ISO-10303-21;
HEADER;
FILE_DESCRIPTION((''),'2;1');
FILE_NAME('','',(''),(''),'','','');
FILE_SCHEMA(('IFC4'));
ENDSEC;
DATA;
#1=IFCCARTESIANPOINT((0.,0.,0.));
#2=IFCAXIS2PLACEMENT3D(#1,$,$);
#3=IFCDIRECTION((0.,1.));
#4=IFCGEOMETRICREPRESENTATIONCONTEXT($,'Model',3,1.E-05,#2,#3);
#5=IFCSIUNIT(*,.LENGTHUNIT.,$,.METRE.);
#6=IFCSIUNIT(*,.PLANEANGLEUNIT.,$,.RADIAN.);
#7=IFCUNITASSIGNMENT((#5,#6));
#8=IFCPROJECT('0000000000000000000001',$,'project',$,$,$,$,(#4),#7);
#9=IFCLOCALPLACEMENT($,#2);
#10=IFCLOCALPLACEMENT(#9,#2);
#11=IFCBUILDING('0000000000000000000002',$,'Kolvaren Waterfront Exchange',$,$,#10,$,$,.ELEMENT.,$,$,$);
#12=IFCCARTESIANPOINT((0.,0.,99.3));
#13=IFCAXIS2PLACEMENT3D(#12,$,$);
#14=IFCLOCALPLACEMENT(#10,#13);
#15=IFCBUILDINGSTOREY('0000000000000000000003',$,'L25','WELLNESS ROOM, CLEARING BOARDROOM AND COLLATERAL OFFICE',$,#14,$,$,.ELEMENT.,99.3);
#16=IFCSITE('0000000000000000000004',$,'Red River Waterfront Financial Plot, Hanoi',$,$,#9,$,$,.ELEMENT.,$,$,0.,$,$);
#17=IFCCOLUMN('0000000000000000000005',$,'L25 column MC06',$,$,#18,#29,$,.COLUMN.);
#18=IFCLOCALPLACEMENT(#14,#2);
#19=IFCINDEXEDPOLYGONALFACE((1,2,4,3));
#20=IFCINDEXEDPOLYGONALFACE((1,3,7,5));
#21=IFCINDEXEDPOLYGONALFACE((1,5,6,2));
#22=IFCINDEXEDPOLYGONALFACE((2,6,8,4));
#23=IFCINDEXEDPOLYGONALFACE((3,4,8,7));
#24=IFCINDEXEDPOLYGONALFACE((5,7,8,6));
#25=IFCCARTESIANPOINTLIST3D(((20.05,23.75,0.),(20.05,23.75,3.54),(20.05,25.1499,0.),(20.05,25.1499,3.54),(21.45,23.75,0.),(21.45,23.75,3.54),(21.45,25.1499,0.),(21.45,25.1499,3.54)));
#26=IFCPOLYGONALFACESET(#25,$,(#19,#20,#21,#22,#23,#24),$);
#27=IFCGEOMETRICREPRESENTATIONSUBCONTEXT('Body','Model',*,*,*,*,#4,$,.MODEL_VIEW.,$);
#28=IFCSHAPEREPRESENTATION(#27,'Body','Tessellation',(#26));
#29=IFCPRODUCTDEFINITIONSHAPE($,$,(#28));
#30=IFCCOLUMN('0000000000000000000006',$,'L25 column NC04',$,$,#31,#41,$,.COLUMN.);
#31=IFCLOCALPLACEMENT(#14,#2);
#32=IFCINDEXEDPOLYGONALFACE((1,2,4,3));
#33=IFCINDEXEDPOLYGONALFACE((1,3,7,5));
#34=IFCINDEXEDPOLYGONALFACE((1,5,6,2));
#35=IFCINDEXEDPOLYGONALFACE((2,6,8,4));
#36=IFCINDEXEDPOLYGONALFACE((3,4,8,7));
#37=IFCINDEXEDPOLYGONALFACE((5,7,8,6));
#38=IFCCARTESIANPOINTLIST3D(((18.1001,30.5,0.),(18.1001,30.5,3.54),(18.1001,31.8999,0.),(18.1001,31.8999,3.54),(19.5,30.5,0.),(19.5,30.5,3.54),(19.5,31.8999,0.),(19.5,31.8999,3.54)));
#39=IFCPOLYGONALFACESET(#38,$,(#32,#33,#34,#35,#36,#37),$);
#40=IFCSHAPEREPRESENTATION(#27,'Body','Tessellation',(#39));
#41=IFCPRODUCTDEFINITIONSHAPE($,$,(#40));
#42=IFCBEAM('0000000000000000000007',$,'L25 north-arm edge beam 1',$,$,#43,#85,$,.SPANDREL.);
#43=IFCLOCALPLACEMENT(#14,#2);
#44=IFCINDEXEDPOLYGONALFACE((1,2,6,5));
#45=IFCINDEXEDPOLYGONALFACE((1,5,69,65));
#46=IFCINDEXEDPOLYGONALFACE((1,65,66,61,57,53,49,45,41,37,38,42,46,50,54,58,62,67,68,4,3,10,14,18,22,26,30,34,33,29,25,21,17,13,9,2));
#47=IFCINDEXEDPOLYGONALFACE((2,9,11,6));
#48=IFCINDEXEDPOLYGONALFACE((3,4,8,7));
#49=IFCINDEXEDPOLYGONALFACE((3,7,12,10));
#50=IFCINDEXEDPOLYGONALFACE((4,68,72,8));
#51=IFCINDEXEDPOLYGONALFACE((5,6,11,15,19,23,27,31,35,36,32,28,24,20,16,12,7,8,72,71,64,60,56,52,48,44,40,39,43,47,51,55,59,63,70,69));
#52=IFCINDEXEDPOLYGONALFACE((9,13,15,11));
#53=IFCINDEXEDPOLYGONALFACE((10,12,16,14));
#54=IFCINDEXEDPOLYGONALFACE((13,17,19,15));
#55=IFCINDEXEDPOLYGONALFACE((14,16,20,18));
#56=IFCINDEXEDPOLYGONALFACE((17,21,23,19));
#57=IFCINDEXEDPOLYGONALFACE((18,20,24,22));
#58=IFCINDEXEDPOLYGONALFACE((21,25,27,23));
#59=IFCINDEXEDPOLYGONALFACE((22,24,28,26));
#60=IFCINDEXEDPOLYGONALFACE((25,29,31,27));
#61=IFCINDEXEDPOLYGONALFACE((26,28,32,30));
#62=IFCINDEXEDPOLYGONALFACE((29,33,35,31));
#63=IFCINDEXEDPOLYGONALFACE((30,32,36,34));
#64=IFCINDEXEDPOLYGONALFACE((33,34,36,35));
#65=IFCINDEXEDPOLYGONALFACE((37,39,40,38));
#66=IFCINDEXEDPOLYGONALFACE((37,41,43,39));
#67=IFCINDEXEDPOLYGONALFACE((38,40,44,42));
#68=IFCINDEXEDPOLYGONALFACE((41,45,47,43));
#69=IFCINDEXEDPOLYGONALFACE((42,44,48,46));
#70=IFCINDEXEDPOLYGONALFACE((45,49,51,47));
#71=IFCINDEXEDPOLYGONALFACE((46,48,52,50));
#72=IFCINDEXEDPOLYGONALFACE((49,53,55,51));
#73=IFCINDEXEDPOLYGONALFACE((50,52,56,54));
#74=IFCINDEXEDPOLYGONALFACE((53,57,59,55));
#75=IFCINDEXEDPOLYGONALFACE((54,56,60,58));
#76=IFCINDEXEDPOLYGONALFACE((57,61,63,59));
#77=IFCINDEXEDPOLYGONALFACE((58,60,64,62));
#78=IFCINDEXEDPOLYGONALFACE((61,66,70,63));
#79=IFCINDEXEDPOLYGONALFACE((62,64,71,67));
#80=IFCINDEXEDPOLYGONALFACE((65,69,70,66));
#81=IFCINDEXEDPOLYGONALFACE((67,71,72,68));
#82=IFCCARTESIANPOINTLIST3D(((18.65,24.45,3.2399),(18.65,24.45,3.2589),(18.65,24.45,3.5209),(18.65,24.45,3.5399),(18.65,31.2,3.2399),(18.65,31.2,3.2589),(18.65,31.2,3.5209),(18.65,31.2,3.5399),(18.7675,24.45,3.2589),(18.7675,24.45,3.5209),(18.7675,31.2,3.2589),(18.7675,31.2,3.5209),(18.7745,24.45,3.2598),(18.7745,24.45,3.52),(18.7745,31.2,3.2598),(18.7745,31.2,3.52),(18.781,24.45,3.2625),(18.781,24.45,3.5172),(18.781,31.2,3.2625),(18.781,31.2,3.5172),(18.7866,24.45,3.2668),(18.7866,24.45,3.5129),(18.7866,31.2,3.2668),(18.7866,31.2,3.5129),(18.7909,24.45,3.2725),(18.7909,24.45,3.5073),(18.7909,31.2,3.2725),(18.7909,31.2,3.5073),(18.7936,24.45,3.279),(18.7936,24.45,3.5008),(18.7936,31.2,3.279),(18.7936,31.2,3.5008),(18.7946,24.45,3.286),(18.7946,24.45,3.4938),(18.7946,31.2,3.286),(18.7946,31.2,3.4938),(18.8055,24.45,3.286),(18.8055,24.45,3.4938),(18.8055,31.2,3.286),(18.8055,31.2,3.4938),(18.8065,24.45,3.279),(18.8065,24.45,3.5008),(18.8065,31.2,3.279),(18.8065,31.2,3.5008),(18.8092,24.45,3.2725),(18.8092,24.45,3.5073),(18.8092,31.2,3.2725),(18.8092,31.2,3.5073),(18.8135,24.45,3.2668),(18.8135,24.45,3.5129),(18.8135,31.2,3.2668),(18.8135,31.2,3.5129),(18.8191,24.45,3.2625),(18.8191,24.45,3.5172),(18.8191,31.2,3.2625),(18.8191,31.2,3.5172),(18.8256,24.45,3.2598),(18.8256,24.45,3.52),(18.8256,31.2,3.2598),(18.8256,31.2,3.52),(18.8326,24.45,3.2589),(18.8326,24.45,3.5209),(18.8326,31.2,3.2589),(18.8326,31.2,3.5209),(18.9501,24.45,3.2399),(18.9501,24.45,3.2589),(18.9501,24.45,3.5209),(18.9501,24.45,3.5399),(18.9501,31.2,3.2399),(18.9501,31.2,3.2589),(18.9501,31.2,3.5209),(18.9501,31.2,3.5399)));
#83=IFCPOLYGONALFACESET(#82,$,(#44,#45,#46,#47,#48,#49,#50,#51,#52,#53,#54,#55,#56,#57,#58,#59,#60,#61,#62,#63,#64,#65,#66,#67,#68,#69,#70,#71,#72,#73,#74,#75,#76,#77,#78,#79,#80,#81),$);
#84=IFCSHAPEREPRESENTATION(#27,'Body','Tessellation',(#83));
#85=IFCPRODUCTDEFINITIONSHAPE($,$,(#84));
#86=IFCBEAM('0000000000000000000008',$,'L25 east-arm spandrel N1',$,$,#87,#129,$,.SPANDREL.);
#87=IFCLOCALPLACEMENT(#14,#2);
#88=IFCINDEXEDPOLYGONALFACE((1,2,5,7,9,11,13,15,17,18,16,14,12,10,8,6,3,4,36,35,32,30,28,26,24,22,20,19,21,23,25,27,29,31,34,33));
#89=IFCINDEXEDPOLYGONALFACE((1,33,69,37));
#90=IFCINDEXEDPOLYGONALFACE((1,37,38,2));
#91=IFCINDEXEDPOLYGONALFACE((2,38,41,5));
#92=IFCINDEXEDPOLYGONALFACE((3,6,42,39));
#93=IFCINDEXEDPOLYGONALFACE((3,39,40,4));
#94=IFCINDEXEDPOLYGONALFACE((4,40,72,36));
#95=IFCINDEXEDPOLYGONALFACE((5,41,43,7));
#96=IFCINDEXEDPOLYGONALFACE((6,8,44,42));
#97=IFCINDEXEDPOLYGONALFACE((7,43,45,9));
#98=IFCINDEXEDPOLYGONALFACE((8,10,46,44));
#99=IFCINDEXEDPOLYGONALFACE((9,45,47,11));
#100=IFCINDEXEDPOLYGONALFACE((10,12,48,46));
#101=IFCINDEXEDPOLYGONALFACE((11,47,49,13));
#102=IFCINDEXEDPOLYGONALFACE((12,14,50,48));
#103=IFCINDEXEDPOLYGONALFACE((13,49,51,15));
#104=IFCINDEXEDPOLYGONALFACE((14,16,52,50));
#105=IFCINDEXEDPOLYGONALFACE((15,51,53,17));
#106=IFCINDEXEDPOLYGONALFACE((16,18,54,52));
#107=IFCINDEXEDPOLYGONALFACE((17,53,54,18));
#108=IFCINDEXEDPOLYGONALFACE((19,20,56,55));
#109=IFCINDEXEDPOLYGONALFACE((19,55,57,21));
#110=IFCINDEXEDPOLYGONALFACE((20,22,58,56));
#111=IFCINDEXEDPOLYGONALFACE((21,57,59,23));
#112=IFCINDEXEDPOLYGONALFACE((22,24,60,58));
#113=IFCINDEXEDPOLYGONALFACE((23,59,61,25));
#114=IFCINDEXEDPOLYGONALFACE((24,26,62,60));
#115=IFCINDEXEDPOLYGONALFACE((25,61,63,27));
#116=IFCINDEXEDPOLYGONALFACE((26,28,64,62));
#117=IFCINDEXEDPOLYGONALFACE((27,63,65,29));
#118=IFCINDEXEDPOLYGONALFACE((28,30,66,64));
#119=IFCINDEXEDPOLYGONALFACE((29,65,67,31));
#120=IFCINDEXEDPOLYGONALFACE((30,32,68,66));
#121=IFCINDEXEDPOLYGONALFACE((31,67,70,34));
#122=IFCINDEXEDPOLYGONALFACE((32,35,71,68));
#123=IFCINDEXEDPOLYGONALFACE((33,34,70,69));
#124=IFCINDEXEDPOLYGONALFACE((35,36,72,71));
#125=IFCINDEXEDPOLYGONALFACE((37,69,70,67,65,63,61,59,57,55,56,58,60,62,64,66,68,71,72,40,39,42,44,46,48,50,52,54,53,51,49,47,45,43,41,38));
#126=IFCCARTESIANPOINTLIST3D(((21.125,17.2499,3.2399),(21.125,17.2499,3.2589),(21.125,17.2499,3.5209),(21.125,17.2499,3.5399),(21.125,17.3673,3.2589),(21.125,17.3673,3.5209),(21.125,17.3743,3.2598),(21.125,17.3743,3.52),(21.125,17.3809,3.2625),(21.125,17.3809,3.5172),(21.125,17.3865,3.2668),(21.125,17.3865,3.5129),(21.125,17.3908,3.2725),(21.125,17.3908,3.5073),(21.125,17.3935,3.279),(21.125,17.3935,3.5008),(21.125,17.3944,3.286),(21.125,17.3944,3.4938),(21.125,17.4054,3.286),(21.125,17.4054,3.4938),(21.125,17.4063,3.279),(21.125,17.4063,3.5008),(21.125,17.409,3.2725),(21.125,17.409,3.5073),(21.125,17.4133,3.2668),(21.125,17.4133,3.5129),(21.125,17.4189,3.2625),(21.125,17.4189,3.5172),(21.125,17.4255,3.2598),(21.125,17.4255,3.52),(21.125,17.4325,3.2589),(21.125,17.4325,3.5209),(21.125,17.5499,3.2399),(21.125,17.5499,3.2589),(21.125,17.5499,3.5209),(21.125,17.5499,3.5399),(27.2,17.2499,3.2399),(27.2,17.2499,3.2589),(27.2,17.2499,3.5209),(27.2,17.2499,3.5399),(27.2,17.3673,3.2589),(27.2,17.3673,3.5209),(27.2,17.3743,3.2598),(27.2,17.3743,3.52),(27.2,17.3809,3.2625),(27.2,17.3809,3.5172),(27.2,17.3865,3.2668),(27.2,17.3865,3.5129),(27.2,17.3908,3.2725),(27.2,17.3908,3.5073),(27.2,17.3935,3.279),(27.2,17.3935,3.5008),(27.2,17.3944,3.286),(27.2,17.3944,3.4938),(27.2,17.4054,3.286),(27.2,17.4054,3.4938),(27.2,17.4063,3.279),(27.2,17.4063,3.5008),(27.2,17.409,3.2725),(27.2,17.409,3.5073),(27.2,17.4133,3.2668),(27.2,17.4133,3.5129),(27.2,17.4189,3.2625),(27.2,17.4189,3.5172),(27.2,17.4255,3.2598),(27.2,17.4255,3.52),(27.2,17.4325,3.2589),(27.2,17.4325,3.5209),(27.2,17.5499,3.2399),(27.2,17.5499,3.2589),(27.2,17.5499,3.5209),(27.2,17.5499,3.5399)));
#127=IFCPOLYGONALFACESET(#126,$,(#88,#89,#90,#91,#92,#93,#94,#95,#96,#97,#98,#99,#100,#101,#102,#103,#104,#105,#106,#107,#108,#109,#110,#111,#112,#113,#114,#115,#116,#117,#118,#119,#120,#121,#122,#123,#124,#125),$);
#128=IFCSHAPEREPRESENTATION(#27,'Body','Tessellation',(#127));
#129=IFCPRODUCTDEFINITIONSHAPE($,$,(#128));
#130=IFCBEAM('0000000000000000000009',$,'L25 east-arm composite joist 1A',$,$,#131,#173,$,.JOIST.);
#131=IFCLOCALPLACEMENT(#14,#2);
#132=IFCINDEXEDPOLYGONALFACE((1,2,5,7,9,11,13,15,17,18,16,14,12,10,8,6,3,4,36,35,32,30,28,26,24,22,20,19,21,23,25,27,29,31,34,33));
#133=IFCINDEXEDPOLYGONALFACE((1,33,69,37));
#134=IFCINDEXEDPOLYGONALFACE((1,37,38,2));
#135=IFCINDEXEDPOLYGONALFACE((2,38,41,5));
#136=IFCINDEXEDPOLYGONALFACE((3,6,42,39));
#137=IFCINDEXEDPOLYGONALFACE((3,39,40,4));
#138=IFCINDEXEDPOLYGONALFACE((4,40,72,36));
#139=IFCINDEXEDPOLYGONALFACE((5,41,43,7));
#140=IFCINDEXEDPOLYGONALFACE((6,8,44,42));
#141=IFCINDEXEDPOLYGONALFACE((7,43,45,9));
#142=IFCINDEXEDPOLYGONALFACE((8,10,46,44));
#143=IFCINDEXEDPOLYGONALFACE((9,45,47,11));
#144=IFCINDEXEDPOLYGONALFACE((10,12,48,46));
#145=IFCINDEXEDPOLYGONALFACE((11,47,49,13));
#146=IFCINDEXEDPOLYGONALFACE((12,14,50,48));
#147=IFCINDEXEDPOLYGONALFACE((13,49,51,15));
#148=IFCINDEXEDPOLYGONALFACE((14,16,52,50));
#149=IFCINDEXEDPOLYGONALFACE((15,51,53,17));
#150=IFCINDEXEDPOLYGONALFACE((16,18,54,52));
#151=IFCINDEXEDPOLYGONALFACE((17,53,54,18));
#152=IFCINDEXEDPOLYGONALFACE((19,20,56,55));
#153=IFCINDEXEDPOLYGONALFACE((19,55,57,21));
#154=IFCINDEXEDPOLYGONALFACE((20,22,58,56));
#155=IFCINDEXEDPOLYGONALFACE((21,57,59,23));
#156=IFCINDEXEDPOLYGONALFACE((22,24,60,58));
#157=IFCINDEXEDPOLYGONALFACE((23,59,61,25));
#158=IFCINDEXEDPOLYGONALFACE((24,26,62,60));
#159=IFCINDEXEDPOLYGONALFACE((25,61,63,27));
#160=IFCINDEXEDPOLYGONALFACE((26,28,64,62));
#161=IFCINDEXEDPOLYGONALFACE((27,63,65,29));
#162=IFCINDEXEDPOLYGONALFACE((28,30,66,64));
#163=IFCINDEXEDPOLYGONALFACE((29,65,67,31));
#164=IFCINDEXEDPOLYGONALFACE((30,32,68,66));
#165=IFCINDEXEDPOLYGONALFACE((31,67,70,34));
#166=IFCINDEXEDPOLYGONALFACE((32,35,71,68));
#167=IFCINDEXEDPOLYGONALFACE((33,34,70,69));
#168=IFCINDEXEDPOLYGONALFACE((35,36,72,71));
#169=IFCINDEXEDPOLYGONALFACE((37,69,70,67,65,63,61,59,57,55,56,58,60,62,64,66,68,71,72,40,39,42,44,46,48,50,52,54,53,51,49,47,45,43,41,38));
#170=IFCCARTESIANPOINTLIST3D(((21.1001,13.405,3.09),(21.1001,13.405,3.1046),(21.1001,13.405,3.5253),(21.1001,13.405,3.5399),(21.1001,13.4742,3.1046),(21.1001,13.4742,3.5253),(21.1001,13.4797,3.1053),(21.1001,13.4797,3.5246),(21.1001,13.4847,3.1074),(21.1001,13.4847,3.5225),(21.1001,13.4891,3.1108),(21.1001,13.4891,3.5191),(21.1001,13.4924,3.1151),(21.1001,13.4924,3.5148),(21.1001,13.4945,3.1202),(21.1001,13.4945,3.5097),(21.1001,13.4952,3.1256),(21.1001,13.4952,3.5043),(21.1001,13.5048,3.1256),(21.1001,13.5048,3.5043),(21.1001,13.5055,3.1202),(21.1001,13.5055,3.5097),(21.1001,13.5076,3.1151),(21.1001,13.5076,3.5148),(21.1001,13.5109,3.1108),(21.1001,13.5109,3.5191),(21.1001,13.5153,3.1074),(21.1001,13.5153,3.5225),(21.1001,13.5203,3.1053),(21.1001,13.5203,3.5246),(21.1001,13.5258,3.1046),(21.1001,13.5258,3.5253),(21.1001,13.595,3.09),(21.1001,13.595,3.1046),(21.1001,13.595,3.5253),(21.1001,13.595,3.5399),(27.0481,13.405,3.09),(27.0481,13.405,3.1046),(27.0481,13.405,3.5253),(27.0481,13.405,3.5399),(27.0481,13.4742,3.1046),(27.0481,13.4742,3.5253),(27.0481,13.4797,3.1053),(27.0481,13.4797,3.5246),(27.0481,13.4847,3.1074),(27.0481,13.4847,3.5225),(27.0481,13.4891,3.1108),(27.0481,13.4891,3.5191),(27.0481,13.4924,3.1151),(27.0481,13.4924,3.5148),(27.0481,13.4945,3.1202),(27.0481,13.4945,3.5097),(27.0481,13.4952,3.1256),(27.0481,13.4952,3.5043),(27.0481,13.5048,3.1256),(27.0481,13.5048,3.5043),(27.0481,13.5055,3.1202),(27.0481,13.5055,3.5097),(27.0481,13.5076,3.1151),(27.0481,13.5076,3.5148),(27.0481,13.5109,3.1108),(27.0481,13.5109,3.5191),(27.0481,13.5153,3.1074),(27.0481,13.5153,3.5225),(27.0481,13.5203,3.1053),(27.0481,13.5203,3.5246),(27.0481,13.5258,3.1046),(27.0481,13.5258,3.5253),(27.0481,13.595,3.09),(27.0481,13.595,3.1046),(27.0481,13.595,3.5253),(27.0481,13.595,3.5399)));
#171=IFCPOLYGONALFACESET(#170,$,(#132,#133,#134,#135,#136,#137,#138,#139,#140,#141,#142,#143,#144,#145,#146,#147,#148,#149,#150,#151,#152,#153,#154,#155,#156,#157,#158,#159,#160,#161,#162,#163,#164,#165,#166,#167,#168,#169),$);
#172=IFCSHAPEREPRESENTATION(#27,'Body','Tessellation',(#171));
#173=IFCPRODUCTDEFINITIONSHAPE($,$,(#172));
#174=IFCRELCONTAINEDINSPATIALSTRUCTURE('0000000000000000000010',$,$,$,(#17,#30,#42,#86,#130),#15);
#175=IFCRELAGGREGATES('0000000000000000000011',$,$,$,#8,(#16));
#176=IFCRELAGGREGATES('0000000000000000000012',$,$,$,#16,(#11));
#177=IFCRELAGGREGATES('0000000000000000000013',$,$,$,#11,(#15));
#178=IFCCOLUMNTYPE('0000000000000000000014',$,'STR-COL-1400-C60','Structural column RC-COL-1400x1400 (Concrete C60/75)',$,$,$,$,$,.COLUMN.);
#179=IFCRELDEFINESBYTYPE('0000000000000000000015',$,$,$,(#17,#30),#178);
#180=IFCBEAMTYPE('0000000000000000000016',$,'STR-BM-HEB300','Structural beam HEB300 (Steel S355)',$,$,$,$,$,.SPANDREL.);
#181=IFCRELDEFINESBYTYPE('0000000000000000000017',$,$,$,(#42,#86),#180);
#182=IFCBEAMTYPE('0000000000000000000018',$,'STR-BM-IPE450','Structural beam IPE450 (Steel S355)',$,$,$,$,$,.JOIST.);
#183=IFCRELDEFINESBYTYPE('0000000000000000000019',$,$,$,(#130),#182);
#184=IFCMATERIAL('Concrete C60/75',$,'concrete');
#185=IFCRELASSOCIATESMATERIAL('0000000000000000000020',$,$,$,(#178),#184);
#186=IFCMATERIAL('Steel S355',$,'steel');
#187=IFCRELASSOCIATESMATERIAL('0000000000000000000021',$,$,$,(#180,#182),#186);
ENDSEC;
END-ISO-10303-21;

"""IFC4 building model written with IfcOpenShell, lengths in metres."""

from ifc_helpers import new_model, si_unit, direction, frame, origin, origin_2d, place, context, subcontext, project, spatial, rectangle, i_section, extrude, material, material_profile, profile_set, type_object, element, save


model = new_model("IFC4")

# Units and contexts
model_context = context("Model", 3, precision=1e-05, world=origin(), true_north=direction((0.0, 1.0)))
body_context = subcontext(model_context, "Body", "Model", "MODEL_VIEW")
ifc_project = project(units=[si_unit("LENGTHUNIT", "METRE"), si_unit("PLANEANGLEUNIT", "RADIAN")], contexts=[model_context])

# Site, building, storey
site_placement = place(None, origin())
site = spatial("IfcSite", under=ifc_project, at=site_placement, Name="Red River Waterfront Financial Plot, Hanoi", CompositionType="ELEMENT", RefElevation=0.0)
building_placement = place(site_placement, origin())
building = spatial("IfcBuilding", under=site, at=building_placement, Name="Kolvaren Waterfront Exchange", CompositionType="ELEMENT")
storey_placement = place(building_placement, frame((0.0, 0.0, 99.3)))
storey = spatial("IfcBuildingStorey", under=building, at=storey_placement, Name="L25", Description="WELLNESS ROOM, CLEARING BOARDROOM AND COLLATERAL OFFICE", CompositionType="ELEMENT", Elevation=99.3)

# Columns
ifc_material_1 = material(Name="Concrete C60/75", Category="concrete")
ifc_material_profile_1 = material_profile(ifc_material_1, rectangle(XDim=1.3999, YDim=1.3999, at=origin_2d()), Name="RC-COL-1400x1400")
ifc_profile_set_1 = profile_set([ifc_material_profile_1], Name="Concrete C60/75")
column_type = type_object("IfcColumnType", Name="STR-COL-1400-C60", Description="Structural column RC-COL-1400x1400 (Concrete C60/75)", PredefinedType="COLUMN", material=ifc_profile_set_1)
for number, where, z_axis, x_axis, name in (
    (1, (20.75, 24.45, 0.0), (0.0, 0.0, 1.0), (1.0, 0.0, 0.0), "L25 column MC06"),
    (2, (18.8, 31.2, 0.0), (0.0, 0.0, 1.0), (1.0, 0.0, 0.0), "L25 column NC04"),
):
    element("IfcColumn", number, at=place(storey_placement, frame(where, z_axis=z_axis, x_axis=x_axis)), inside=storey, type_object=column_type, Name=name, PredefinedType="COLUMN", context=body_context, shape_type="SweptSolid", body=[
        extrude(rectangle(XDim=1.3999, YDim=1.3999, at=origin_2d()), origin(), (0.0, 0.0, 1.0), 3.54),
    ])

# Beams
ifc_material_2 = material(Name="Steel S355", Category="steel")
ifc_material_profile_2 = material_profile(ifc_material_2, i_section(OverallWidth=0.3, OverallDepth=0.3, WebThickness=0.011, FlangeThickness=0.019, FilletRadius=0.0271, at=origin_2d()), Name="HEB300")
ifc_profile_set_2 = profile_set([ifc_material_profile_2], Name="Steel S355")
beam_type_1 = type_object("IfcBeamType", Name="STR-BM-HEB300", Description="Structural beam HEB300 (Steel S355)", PredefinedType="SPANDREL", material=ifc_profile_set_2)
beam_1_placement = place(storey_placement, frame((18.8, 24.45, 3.3899), z_axis=(0.0, 1.0, 0.0), x_axis=(-1.0, 0.0, 0.0)))
element("IfcBeam", 3, at=beam_1_placement, inside=storey, type_object=beam_type_1, Name="L25 north-arm edge beam 1", PredefinedType="SPANDREL", context=body_context, shape_type="SweptSolid", body=[
    extrude(i_section(OverallWidth=0.3, OverallDepth=0.3, WebThickness=0.011, FlangeThickness=0.019, FilletRadius=0.0271, at=origin_2d()), origin(), (0.0, 0.0, 1.0), 6.75),
])
beam_2_placement = place(storey_placement, frame((21.125, 17.3999, 3.3899), z_axis=(1.0, 0.0, 0.0), x_axis=(0.0, 1.0, 0.0)))
element("IfcBeam", 4, at=beam_2_placement, inside=storey, type_object=beam_type_1, Name="L25 east-arm spandrel N1", PredefinedType="SPANDREL", context=body_context, shape_type="SweptSolid", body=[
    extrude(i_section(OverallWidth=0.3, OverallDepth=0.3, WebThickness=0.011, FlangeThickness=0.019, FilletRadius=0.0271, at=origin_2d()), origin(), (0.0, 0.0, 1.0), 6.075),
])
ifc_material_profile_3 = material_profile(ifc_material_2, i_section(OverallWidth=0.1899, OverallDepth=0.45, WebThickness=0.0095, FlangeThickness=0.0146, FilletRadius=0.021, at=origin_2d()), Name="IPE450")
ifc_profile_set_3 = profile_set([ifc_material_profile_3], Name="Steel S355")
beam_type_2 = type_object("IfcBeamType", Name="STR-BM-IPE450", Description="Structural beam IPE450 (Steel S355)", PredefinedType="JOIST", material=ifc_profile_set_3)
for number, where, z_axis, x_axis, name in (
    (5, (21.1001, 13.5, 3.3149), (1.0, 0.0, 0.0), (0.0, 1.0, 0.0), "L25 east-arm composite joist 1A"),
):
    element("IfcBeam", number, at=place(storey_placement, frame(where, z_axis=z_axis, x_axis=x_axis)), inside=storey, type_object=beam_type_2, Name=name, PredefinedType="JOIST", context=body_context, shape_type="SweptSolid", body=[
        extrude(i_section(OverallWidth=0.1899, OverallDepth=0.45, WebThickness=0.0095, FlangeThickness=0.0146, FilletRadius=0.021, at=origin_2d()), origin(), (0.0, 0.0, 1.0), 5.948),
    ])

save(model, "model.ifc")
